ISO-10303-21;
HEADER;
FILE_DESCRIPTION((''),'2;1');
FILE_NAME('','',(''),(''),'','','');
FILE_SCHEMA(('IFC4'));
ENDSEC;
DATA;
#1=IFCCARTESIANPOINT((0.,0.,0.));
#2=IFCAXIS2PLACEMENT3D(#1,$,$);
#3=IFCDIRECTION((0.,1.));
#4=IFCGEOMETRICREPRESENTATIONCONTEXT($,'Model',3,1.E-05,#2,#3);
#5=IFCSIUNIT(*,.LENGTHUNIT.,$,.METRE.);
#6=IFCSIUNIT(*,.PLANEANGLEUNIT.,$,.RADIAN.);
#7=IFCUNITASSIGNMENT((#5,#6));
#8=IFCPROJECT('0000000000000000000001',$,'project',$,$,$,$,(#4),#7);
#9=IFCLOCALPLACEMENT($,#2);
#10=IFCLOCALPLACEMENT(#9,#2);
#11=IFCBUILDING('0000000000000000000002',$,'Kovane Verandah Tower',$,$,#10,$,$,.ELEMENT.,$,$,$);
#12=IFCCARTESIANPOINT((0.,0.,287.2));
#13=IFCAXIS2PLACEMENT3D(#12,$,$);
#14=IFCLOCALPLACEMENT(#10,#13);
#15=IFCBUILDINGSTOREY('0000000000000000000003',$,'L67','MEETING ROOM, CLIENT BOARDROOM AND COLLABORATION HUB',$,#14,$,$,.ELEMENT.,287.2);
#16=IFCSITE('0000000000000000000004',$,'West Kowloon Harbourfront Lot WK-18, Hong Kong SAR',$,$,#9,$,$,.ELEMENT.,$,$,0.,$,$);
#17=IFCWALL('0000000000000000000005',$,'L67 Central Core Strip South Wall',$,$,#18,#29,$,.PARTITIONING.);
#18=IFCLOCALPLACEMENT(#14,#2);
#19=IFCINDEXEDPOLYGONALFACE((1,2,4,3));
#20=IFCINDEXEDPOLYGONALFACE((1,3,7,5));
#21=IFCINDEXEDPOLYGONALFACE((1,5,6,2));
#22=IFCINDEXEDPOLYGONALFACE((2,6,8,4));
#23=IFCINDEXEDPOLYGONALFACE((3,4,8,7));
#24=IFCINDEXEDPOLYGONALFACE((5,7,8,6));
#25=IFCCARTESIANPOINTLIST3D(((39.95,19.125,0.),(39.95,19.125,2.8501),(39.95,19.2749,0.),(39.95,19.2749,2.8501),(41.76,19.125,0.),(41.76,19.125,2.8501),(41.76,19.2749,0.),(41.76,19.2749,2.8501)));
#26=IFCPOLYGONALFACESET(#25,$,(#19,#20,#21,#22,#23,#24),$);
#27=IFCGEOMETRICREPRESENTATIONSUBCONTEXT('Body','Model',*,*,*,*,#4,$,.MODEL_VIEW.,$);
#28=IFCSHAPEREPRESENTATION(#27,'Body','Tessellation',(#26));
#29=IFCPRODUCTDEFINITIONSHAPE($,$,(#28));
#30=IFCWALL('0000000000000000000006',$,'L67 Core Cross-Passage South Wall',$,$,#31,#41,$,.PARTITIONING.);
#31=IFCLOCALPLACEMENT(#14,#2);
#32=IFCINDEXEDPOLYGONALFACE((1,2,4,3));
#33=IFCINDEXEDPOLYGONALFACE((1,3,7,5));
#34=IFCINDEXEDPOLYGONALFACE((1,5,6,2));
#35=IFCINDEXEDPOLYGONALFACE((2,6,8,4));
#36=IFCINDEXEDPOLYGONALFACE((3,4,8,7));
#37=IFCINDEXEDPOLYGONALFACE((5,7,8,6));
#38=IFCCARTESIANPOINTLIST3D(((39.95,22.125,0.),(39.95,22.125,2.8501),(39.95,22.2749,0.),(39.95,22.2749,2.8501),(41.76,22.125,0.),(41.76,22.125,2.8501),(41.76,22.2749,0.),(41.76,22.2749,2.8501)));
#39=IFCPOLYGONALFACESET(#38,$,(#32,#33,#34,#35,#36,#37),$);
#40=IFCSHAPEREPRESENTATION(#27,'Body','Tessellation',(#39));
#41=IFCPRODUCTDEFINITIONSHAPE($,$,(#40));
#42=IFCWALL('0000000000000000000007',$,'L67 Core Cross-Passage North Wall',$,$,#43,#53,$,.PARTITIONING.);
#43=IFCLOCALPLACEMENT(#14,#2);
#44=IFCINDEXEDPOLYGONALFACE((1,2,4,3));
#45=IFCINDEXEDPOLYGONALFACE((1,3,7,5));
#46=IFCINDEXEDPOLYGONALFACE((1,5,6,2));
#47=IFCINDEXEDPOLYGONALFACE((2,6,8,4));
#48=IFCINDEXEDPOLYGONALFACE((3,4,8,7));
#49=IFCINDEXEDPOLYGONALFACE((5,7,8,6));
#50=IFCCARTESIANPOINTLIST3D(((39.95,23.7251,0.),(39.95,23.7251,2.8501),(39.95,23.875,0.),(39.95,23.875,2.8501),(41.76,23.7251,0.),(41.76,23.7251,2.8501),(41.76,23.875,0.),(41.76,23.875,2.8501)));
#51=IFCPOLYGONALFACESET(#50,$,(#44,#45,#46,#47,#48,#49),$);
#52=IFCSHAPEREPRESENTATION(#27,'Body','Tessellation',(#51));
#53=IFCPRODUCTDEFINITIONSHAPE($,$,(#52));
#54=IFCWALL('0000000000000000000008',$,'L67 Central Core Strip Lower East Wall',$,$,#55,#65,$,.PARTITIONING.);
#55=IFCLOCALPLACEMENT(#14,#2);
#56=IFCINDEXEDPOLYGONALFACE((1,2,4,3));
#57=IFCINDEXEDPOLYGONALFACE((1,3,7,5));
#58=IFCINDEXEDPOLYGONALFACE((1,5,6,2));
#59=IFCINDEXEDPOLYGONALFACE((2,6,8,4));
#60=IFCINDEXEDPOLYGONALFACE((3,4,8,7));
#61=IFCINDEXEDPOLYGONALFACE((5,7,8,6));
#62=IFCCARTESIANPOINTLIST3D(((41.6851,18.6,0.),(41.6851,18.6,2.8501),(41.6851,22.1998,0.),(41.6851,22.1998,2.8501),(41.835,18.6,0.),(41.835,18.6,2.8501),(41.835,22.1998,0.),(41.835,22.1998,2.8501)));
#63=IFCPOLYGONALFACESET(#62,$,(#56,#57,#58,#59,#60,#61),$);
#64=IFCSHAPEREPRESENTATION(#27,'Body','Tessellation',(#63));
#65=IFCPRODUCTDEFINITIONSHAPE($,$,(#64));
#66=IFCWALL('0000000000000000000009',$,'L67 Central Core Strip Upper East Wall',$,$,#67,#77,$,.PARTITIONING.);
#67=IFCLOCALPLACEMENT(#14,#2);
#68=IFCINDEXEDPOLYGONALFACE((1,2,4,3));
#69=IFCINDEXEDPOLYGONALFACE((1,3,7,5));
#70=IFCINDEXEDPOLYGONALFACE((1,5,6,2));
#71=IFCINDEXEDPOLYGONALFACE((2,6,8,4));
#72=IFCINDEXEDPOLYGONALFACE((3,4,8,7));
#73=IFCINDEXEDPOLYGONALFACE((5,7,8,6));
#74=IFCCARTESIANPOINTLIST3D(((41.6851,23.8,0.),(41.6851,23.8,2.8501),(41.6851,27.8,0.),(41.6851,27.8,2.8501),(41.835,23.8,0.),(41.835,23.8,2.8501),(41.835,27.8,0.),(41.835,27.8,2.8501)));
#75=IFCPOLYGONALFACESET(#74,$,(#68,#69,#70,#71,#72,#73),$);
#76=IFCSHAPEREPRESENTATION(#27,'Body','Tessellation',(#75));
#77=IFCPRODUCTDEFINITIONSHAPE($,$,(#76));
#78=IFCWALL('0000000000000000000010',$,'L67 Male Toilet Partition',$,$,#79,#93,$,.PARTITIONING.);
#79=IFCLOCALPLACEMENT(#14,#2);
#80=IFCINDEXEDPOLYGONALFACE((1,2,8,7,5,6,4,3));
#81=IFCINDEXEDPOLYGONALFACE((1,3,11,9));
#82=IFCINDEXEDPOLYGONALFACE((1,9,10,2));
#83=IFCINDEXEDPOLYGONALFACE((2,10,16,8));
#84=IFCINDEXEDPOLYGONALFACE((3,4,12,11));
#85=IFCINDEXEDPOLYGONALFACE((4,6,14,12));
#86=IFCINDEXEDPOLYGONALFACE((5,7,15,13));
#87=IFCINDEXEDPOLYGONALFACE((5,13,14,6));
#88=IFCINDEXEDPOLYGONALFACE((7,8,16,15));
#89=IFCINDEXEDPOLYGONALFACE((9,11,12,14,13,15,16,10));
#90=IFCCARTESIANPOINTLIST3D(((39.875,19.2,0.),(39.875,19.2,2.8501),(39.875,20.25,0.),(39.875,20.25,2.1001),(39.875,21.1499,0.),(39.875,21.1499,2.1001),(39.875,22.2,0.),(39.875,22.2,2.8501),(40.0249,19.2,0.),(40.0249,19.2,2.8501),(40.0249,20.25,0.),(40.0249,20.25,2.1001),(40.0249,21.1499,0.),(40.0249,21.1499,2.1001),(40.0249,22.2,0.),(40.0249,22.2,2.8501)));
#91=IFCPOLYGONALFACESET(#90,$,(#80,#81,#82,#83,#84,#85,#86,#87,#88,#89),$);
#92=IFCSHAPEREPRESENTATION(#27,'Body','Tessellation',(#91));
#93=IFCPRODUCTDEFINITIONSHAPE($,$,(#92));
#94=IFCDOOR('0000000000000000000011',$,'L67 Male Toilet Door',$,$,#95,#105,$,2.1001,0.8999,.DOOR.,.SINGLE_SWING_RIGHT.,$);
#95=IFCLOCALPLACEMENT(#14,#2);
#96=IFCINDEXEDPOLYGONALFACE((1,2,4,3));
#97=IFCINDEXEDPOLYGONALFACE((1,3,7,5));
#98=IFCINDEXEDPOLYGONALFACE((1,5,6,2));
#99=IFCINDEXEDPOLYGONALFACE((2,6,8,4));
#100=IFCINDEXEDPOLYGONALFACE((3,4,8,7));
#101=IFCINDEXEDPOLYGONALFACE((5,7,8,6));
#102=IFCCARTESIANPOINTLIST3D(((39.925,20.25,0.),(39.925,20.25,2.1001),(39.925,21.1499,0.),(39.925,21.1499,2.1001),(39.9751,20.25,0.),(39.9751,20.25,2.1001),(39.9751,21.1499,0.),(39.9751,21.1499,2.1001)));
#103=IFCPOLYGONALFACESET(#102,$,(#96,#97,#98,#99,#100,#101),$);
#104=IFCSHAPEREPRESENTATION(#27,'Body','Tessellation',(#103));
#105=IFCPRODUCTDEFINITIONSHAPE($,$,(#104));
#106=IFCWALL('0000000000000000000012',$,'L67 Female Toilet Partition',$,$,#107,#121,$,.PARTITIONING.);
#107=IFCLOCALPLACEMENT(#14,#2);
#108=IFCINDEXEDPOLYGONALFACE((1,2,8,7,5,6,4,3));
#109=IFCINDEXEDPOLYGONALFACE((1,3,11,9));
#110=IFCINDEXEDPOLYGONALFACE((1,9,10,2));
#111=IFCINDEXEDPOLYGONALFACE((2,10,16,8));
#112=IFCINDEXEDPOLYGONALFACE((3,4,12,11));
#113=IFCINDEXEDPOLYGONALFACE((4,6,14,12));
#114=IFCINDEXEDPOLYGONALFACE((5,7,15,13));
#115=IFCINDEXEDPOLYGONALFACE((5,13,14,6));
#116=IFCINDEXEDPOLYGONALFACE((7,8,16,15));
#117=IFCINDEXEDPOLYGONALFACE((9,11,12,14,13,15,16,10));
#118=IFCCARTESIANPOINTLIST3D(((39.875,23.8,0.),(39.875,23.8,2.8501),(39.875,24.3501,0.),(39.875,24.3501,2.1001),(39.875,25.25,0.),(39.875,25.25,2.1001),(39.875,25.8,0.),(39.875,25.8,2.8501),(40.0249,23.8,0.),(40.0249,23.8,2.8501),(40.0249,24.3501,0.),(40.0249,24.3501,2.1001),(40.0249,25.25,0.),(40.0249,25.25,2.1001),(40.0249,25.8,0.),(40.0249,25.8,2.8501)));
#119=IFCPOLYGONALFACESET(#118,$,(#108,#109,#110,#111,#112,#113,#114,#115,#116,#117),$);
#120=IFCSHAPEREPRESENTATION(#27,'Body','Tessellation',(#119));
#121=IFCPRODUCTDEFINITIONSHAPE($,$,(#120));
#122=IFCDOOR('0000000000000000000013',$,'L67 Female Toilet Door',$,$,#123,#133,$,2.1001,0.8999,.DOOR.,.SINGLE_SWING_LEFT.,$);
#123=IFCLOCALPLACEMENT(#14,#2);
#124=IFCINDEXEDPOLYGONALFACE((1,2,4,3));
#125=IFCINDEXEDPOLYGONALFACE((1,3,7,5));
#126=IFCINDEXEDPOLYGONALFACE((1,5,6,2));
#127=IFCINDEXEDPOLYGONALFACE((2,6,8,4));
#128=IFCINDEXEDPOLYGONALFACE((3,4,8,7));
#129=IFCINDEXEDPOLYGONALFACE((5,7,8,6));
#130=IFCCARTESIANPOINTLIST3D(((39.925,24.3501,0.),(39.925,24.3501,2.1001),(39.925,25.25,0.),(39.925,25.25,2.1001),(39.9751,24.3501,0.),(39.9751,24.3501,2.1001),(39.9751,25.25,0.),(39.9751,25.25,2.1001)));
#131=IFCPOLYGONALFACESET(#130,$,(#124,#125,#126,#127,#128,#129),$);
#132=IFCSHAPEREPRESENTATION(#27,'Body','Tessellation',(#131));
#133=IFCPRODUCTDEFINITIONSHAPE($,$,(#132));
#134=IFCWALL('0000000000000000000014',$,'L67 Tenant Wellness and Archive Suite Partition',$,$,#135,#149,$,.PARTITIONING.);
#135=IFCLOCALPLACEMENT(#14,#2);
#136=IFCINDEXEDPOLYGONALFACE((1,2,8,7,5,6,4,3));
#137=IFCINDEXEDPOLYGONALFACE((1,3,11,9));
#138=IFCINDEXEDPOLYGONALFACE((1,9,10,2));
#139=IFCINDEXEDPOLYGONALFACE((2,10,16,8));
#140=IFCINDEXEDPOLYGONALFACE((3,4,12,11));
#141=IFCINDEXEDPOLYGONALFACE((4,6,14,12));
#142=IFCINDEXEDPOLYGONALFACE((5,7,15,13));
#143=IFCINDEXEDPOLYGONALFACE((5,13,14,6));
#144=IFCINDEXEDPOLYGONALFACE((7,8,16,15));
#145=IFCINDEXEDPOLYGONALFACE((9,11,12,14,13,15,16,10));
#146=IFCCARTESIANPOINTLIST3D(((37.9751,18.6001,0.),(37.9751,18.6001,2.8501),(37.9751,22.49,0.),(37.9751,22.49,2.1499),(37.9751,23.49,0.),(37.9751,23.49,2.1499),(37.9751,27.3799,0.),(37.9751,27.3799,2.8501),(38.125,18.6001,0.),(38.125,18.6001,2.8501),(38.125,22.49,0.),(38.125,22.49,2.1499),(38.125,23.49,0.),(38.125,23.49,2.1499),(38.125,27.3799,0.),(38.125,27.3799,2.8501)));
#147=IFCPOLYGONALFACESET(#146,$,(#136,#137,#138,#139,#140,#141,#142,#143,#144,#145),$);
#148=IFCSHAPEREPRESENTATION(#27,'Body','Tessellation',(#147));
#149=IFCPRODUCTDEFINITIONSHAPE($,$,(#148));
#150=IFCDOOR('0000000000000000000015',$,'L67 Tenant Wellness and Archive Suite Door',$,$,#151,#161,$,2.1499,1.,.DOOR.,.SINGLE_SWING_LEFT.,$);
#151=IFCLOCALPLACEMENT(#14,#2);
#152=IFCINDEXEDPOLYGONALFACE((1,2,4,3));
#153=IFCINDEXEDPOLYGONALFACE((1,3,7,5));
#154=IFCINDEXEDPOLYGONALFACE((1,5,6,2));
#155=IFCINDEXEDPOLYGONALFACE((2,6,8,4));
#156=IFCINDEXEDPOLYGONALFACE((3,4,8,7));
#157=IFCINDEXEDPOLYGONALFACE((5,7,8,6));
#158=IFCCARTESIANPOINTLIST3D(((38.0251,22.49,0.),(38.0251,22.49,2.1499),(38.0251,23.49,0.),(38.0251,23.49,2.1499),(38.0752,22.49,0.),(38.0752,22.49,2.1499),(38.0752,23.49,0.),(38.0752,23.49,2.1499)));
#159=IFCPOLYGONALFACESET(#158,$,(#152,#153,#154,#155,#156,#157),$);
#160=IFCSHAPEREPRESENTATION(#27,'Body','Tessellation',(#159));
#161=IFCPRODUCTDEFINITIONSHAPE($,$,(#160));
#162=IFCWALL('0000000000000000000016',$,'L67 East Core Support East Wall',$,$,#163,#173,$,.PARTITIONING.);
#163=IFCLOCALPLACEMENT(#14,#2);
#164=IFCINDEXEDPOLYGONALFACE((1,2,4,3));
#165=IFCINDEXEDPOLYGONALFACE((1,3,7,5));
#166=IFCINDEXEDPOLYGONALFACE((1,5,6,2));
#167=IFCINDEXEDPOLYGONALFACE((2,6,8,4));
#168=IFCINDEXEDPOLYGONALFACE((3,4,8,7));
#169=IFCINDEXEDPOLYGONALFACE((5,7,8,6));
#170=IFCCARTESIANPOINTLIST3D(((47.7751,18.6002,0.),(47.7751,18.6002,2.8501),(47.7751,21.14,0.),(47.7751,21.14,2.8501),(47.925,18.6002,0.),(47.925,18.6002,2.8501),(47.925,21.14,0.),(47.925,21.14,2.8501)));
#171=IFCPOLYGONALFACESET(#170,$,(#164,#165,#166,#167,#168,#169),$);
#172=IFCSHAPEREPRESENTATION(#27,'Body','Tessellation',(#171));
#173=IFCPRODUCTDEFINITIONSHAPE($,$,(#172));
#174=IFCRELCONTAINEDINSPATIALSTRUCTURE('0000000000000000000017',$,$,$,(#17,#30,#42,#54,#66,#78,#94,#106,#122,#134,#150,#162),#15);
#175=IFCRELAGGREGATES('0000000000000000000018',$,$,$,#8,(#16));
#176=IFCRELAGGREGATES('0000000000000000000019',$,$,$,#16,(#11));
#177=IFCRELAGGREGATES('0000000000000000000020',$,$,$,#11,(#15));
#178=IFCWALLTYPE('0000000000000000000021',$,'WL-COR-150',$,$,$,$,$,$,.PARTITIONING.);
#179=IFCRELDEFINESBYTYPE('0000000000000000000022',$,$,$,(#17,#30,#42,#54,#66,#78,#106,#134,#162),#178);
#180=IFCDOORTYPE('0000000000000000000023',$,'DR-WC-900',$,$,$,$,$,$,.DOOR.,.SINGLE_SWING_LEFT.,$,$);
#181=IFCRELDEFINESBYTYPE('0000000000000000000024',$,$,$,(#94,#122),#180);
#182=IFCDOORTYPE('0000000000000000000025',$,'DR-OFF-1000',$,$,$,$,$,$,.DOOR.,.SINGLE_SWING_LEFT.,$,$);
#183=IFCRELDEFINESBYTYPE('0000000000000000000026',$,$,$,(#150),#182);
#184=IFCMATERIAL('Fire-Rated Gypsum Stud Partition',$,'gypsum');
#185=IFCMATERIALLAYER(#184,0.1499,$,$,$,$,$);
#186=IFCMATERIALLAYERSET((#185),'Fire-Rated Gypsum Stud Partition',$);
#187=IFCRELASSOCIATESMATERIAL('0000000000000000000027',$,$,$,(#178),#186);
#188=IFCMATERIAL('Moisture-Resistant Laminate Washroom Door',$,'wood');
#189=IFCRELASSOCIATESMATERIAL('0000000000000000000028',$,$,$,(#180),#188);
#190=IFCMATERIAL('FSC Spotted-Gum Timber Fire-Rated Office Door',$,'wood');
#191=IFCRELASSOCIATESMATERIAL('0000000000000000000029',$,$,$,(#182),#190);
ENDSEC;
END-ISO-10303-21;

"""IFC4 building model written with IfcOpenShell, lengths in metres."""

from ifc_helpers import new_model, si_unit, direction, frame, frame_2d, origin, place, context, subcontext, project, spatial, rectangle, extrude, material, layer, layer_set, type_object, element, fill, save


model = new_model("IFC4")

# Units and contexts
model_context = context("Model", 3, precision=1e-05, world=origin(), true_north=direction((0.0, 1.0)))
body_context = subcontext(model_context, "Body", "Model", "MODEL_VIEW")
ifc_project = project(units=[si_unit("LENGTHUNIT", "METRE"), si_unit("PLANEANGLEUNIT", "RADIAN")], contexts=[model_context])

# Site, building, storey
site_placement = place(None, origin())
site = spatial("IfcSite", under=ifc_project, at=site_placement, Name="West Kowloon Harbourfront Lot WK-18, Hong Kong SAR", CompositionType="ELEMENT", RefElevation=0.0)
building_placement = place(site_placement, origin())
building = spatial("IfcBuilding", under=site, at=building_placement, Name="Kovane Verandah Tower", CompositionType="ELEMENT")
storey_placement = place(building_placement, frame((0.0, 0.0, 287.2)))
storey = spatial("IfcBuildingStorey", under=building, at=storey_placement, Name="L67", Description="MEETING ROOM, CLIENT BOARDROOM AND COLLABORATION HUB", CompositionType="ELEMENT", Elevation=287.2)

# Walls
ifc_material_1 = material(Name="Fire-Rated Gypsum Stud Partition", Category="gypsum")
ifc_layer_1 = layer(ifc_material_1, 0.1499)
ifc_layer_set_1 = layer_set([ifc_layer_1], Name="Fire-Rated Gypsum Stud Partition")
wall_type_1 = type_object("IfcWallType", Name="WL-COR-150", PredefinedType="PARTITIONING", material=ifc_layer_set_1)
for number, where, z_axis, x_axis, name in (
    (1, (39.95, 19.2, 0.0), (0.0, 0.0, 1.0), (1.0, 0.0, 0.0), "L67 Central Core Strip South Wall"),
    (2, (39.95, 22.2, 0.0), (0.0, 0.0, 1.0), (1.0, 0.0, 0.0), "L67 Core Cross-Passage South Wall"),
    (3, (39.95, 23.8, 0.0), (0.0, 0.0, 1.0), (1.0, 0.0, 0.0), "L67 Core Cross-Passage North Wall"),
):
    element("IfcWall", number, at=place(storey_placement, frame(where, z_axis=z_axis, x_axis=x_axis)), inside=storey, type_object=wall_type_1, Name=name, PredefinedType="PARTITIONING", context=body_context, shape_type="SweptSolid", body=[
        extrude(rectangle(XDim=1.8101, YDim=0.1499, at=frame_2d((0.905, 0.0))), origin(), (0.0, 0.0, 1.0), 2.8501),
    ])
wall_1_placement = place(storey_placement, frame((41.76, 18.6001, 0.0), z_axis=(0.0, 0.0, 1.0), x_axis=(0.0, 1.0, 0.0)))
element("IfcWall", 4, at=wall_1_placement, inside=storey, type_object=wall_type_1, Name="L67 Central Core Strip Lower East Wall", PredefinedType="PARTITIONING", context=body_context, shape_type="SweptSolid", body=[
    extrude(rectangle(XDim=3.5999, YDim=0.1499, at=frame_2d((1.7998, 0.0))), origin(), (0.0, 0.0, 1.0), 2.8501),
])
wall_2_placement = place(storey_placement, frame((41.76, 23.8, 0.0), z_axis=(0.0, 0.0, 1.0), x_axis=(0.0, 1.0, 0.0)))
element("IfcWall", 5, at=wall_2_placement, inside=storey, type_object=wall_type_1, Name="L67 Central Core Strip Upper East Wall", PredefinedType="PARTITIONING", context=body_context, shape_type="SweptSolid", body=[
    extrude(rectangle(XDim=4.0, YDim=0.1499, at=frame_2d((2.0, 0.0))), origin(), (0.0, 0.0, 1.0), 2.8501),
])

# Walls, openings, doors
wall_3_placement = place(storey_placement, frame((39.95, 19.2, 0.0), z_axis=(0.0, 0.0, 1.0), x_axis=(0.0, 1.0, 0.0)))
wall_3 = element("IfcWall", 6, at=wall_3_placement, inside=storey, type_object=wall_type_1, Name="L67 Male Toilet Partition", PredefinedType="PARTITIONING", context=body_context, shape_type="SweptSolid", body=[
    extrude(rectangle(XDim=3.0, YDim=0.1499, at=frame_2d((1.5, 0.0))), origin(), (0.0, 0.0, 1.0), 2.8501),
])
opening_1_placement = place(wall_3_placement, frame((1.05, 0.0, 0.0)))
opening_1 = element("IfcOpeningElement", 7, at=opening_1_placement, cuts=wall_3, PredefinedType="OPENING", context=body_context, shape_type="SweptSolid", body=[
    extrude(rectangle(XDim=0.8999, YDim=2.1001, at=frame_2d((0.45, 1.05))), frame((0.0, 0.075, 0.0), z_axis=(0.0, -1.0, 0.0), x_axis=(1.0, 0.0, 0.0)), (0.0, 0.0, 1.0), 0.1499),
])
ifc_material_2 = material(Name="Moisture-Resistant Laminate Washroom Door", Category="wood")
door_type_1 = type_object("IfcDoorType", Name="DR-WC-900", OperationType="SINGLE_SWING_LEFT", PredefinedType="DOOR", material=ifc_material_2)
door_1_placement = place(opening_1_placement, origin())
door_1 = element("IfcDoor", 8, at=door_1_placement, inside=storey, type_object=door_type_1, Name="L67 Male Toilet Door", OperationType="SINGLE_SWING_RIGHT", OverallHeight=2.1001, OverallWidth=0.8999, PredefinedType="DOOR", context=body_context, shape_type="SweptSolid", body=[
    extrude(rectangle(XDim=0.8999, YDim=2.1001, at=frame_2d((0.45, 1.05))), frame((0.0, 0.0249, 0.0), z_axis=(0.0, -1.0, 0.0), x_axis=(1.0, 0.0, 0.0)), (0.0, 0.0, 1.0), 0.05),
])
fill(opening_1, door_1)
wall_4_placement = place(storey_placement, frame((39.95, 23.8, 0.0), z_axis=(0.0, 0.0, 1.0), x_axis=(0.0, 1.0, 0.0)))
wall_4 = element("IfcWall", 9, at=wall_4_placement, inside=storey, type_object=wall_type_1, Name="L67 Female Toilet Partition", PredefinedType="PARTITIONING", context=body_context, shape_type="SweptSolid", body=[
    extrude(rectangle(XDim=2.0, YDim=0.1499, at=frame_2d((1.0, 0.0))), origin(), (0.0, 0.0, 1.0), 2.8501),
])
opening_2_placement = place(wall_4_placement, frame((0.55, 0.0, 0.0)))
opening_2 = element("IfcOpeningElement", 10, at=opening_2_placement, cuts=wall_4, PredefinedType="OPENING", context=body_context, shape_type="SweptSolid", body=[
    extrude(rectangle(XDim=0.8999, YDim=2.1001, at=frame_2d((0.45, 1.05))), frame((0.0, 0.075, 0.0), z_axis=(0.0, -1.0, 0.0), x_axis=(1.0, 0.0, 0.0)), (0.0, 0.0, 1.0), 0.1499),
])
door_2_placement = place(opening_2_placement, origin())
door_2 = element("IfcDoor", 11, at=door_2_placement, inside=storey, type_object=door_type_1, Name="L67 Female Toilet Door", OperationType="SINGLE_SWING_LEFT", OverallHeight=2.1001, OverallWidth=0.8999, PredefinedType="DOOR", context=body_context, shape_type="SweptSolid", body=[
    extrude(rectangle(XDim=0.8999, YDim=2.1001, at=frame_2d((0.45, 1.05))), frame((0.0, 0.0249, 0.0), z_axis=(0.0, -1.0, 0.0), x_axis=(1.0, 0.0, 0.0)), (0.0, 0.0, 1.0), 0.05),
])
fill(opening_2, door_2)
wall_5_placement = place(storey_placement, frame((38.05, 18.6001, 0.0), z_axis=(0.0, 0.0, 1.0), x_axis=(0.0, 1.0, 0.0)))
wall_5 = element("IfcWall", 12, at=wall_5_placement, inside=storey, type_object=wall_type_1, Name="L67 Tenant Wellness and Archive Suite Partition", PredefinedType="PARTITIONING", context=body_context, shape_type="SweptSolid", body=[
    extrude(rectangle(XDim=8.7798, YDim=0.1499, at=frame_2d((4.3899, 0.0))), origin(), (0.0, 0.0, 1.0), 2.8501),
])
opening_3_placement = place(wall_5_placement, frame((3.8899, 0.0, 0.0)))
opening_3 = element("IfcOpeningElement", 13, at=opening_3_placement, cuts=wall_5, PredefinedType="OPENING", context=body_context, shape_type="SweptSolid", body=[
    extrude(rectangle(XDim=1.0, YDim=2.1499, at=frame_2d((0.5, 1.075))), frame((0.0, 0.075, 0.0), z_axis=(0.0, -1.0, 0.0), x_axis=(1.0, 0.0, 0.0)), (0.0, 0.0, 1.0), 0.1499),
])
ifc_material_3 = material(Name="FSC Spotted-Gum Timber Fire-Rated Office Door", Category="wood")
door_type_2 = type_object("IfcDoorType", Name="DR-OFF-1000", OperationType="SINGLE_SWING_LEFT", PredefinedType="DOOR", material=ifc_material_3)
door_3_placement = place(opening_3_placement, origin())
door_3 = element("IfcDoor", 14, at=door_3_placement, inside=storey, type_object=door_type_2, Name="L67 Tenant Wellness and Archive Suite Door", OperationType="SINGLE_SWING_LEFT", OverallHeight=2.1499, OverallWidth=1.0, PredefinedType="DOOR", context=body_context, shape_type="SweptSolid", body=[
    extrude(rectangle(XDim=1.0, YDim=2.1499, at=frame_2d((0.5, 1.075))), frame((0.0, 0.0249, 0.0), z_axis=(0.0, -1.0, 0.0), x_axis=(1.0, 0.0, 0.0)), (0.0, 0.0, 1.0), 0.05),
])
fill(opening_3, door_3)

# Wall
wall_6_placement = place(storey_placement, frame((47.8501, 18.6001, 0.0), z_axis=(0.0, 0.0, 1.0), x_axis=(0.0, 1.0, 0.0)))
element("IfcWall", 15, at=wall_6_placement, inside=storey, type_object=wall_type_1, Name="L67 East Core Support East Wall", PredefinedType="PARTITIONING", context=body_context, shape_type="SweptSolid", body=[
    extrude(rectangle(XDim=2.5398, YDim=0.1499, at=frame_2d((1.27, 0.0))), origin(), (0.0, 0.0, 1.0), 2.8501),
])

save(model, "model.ifc")
